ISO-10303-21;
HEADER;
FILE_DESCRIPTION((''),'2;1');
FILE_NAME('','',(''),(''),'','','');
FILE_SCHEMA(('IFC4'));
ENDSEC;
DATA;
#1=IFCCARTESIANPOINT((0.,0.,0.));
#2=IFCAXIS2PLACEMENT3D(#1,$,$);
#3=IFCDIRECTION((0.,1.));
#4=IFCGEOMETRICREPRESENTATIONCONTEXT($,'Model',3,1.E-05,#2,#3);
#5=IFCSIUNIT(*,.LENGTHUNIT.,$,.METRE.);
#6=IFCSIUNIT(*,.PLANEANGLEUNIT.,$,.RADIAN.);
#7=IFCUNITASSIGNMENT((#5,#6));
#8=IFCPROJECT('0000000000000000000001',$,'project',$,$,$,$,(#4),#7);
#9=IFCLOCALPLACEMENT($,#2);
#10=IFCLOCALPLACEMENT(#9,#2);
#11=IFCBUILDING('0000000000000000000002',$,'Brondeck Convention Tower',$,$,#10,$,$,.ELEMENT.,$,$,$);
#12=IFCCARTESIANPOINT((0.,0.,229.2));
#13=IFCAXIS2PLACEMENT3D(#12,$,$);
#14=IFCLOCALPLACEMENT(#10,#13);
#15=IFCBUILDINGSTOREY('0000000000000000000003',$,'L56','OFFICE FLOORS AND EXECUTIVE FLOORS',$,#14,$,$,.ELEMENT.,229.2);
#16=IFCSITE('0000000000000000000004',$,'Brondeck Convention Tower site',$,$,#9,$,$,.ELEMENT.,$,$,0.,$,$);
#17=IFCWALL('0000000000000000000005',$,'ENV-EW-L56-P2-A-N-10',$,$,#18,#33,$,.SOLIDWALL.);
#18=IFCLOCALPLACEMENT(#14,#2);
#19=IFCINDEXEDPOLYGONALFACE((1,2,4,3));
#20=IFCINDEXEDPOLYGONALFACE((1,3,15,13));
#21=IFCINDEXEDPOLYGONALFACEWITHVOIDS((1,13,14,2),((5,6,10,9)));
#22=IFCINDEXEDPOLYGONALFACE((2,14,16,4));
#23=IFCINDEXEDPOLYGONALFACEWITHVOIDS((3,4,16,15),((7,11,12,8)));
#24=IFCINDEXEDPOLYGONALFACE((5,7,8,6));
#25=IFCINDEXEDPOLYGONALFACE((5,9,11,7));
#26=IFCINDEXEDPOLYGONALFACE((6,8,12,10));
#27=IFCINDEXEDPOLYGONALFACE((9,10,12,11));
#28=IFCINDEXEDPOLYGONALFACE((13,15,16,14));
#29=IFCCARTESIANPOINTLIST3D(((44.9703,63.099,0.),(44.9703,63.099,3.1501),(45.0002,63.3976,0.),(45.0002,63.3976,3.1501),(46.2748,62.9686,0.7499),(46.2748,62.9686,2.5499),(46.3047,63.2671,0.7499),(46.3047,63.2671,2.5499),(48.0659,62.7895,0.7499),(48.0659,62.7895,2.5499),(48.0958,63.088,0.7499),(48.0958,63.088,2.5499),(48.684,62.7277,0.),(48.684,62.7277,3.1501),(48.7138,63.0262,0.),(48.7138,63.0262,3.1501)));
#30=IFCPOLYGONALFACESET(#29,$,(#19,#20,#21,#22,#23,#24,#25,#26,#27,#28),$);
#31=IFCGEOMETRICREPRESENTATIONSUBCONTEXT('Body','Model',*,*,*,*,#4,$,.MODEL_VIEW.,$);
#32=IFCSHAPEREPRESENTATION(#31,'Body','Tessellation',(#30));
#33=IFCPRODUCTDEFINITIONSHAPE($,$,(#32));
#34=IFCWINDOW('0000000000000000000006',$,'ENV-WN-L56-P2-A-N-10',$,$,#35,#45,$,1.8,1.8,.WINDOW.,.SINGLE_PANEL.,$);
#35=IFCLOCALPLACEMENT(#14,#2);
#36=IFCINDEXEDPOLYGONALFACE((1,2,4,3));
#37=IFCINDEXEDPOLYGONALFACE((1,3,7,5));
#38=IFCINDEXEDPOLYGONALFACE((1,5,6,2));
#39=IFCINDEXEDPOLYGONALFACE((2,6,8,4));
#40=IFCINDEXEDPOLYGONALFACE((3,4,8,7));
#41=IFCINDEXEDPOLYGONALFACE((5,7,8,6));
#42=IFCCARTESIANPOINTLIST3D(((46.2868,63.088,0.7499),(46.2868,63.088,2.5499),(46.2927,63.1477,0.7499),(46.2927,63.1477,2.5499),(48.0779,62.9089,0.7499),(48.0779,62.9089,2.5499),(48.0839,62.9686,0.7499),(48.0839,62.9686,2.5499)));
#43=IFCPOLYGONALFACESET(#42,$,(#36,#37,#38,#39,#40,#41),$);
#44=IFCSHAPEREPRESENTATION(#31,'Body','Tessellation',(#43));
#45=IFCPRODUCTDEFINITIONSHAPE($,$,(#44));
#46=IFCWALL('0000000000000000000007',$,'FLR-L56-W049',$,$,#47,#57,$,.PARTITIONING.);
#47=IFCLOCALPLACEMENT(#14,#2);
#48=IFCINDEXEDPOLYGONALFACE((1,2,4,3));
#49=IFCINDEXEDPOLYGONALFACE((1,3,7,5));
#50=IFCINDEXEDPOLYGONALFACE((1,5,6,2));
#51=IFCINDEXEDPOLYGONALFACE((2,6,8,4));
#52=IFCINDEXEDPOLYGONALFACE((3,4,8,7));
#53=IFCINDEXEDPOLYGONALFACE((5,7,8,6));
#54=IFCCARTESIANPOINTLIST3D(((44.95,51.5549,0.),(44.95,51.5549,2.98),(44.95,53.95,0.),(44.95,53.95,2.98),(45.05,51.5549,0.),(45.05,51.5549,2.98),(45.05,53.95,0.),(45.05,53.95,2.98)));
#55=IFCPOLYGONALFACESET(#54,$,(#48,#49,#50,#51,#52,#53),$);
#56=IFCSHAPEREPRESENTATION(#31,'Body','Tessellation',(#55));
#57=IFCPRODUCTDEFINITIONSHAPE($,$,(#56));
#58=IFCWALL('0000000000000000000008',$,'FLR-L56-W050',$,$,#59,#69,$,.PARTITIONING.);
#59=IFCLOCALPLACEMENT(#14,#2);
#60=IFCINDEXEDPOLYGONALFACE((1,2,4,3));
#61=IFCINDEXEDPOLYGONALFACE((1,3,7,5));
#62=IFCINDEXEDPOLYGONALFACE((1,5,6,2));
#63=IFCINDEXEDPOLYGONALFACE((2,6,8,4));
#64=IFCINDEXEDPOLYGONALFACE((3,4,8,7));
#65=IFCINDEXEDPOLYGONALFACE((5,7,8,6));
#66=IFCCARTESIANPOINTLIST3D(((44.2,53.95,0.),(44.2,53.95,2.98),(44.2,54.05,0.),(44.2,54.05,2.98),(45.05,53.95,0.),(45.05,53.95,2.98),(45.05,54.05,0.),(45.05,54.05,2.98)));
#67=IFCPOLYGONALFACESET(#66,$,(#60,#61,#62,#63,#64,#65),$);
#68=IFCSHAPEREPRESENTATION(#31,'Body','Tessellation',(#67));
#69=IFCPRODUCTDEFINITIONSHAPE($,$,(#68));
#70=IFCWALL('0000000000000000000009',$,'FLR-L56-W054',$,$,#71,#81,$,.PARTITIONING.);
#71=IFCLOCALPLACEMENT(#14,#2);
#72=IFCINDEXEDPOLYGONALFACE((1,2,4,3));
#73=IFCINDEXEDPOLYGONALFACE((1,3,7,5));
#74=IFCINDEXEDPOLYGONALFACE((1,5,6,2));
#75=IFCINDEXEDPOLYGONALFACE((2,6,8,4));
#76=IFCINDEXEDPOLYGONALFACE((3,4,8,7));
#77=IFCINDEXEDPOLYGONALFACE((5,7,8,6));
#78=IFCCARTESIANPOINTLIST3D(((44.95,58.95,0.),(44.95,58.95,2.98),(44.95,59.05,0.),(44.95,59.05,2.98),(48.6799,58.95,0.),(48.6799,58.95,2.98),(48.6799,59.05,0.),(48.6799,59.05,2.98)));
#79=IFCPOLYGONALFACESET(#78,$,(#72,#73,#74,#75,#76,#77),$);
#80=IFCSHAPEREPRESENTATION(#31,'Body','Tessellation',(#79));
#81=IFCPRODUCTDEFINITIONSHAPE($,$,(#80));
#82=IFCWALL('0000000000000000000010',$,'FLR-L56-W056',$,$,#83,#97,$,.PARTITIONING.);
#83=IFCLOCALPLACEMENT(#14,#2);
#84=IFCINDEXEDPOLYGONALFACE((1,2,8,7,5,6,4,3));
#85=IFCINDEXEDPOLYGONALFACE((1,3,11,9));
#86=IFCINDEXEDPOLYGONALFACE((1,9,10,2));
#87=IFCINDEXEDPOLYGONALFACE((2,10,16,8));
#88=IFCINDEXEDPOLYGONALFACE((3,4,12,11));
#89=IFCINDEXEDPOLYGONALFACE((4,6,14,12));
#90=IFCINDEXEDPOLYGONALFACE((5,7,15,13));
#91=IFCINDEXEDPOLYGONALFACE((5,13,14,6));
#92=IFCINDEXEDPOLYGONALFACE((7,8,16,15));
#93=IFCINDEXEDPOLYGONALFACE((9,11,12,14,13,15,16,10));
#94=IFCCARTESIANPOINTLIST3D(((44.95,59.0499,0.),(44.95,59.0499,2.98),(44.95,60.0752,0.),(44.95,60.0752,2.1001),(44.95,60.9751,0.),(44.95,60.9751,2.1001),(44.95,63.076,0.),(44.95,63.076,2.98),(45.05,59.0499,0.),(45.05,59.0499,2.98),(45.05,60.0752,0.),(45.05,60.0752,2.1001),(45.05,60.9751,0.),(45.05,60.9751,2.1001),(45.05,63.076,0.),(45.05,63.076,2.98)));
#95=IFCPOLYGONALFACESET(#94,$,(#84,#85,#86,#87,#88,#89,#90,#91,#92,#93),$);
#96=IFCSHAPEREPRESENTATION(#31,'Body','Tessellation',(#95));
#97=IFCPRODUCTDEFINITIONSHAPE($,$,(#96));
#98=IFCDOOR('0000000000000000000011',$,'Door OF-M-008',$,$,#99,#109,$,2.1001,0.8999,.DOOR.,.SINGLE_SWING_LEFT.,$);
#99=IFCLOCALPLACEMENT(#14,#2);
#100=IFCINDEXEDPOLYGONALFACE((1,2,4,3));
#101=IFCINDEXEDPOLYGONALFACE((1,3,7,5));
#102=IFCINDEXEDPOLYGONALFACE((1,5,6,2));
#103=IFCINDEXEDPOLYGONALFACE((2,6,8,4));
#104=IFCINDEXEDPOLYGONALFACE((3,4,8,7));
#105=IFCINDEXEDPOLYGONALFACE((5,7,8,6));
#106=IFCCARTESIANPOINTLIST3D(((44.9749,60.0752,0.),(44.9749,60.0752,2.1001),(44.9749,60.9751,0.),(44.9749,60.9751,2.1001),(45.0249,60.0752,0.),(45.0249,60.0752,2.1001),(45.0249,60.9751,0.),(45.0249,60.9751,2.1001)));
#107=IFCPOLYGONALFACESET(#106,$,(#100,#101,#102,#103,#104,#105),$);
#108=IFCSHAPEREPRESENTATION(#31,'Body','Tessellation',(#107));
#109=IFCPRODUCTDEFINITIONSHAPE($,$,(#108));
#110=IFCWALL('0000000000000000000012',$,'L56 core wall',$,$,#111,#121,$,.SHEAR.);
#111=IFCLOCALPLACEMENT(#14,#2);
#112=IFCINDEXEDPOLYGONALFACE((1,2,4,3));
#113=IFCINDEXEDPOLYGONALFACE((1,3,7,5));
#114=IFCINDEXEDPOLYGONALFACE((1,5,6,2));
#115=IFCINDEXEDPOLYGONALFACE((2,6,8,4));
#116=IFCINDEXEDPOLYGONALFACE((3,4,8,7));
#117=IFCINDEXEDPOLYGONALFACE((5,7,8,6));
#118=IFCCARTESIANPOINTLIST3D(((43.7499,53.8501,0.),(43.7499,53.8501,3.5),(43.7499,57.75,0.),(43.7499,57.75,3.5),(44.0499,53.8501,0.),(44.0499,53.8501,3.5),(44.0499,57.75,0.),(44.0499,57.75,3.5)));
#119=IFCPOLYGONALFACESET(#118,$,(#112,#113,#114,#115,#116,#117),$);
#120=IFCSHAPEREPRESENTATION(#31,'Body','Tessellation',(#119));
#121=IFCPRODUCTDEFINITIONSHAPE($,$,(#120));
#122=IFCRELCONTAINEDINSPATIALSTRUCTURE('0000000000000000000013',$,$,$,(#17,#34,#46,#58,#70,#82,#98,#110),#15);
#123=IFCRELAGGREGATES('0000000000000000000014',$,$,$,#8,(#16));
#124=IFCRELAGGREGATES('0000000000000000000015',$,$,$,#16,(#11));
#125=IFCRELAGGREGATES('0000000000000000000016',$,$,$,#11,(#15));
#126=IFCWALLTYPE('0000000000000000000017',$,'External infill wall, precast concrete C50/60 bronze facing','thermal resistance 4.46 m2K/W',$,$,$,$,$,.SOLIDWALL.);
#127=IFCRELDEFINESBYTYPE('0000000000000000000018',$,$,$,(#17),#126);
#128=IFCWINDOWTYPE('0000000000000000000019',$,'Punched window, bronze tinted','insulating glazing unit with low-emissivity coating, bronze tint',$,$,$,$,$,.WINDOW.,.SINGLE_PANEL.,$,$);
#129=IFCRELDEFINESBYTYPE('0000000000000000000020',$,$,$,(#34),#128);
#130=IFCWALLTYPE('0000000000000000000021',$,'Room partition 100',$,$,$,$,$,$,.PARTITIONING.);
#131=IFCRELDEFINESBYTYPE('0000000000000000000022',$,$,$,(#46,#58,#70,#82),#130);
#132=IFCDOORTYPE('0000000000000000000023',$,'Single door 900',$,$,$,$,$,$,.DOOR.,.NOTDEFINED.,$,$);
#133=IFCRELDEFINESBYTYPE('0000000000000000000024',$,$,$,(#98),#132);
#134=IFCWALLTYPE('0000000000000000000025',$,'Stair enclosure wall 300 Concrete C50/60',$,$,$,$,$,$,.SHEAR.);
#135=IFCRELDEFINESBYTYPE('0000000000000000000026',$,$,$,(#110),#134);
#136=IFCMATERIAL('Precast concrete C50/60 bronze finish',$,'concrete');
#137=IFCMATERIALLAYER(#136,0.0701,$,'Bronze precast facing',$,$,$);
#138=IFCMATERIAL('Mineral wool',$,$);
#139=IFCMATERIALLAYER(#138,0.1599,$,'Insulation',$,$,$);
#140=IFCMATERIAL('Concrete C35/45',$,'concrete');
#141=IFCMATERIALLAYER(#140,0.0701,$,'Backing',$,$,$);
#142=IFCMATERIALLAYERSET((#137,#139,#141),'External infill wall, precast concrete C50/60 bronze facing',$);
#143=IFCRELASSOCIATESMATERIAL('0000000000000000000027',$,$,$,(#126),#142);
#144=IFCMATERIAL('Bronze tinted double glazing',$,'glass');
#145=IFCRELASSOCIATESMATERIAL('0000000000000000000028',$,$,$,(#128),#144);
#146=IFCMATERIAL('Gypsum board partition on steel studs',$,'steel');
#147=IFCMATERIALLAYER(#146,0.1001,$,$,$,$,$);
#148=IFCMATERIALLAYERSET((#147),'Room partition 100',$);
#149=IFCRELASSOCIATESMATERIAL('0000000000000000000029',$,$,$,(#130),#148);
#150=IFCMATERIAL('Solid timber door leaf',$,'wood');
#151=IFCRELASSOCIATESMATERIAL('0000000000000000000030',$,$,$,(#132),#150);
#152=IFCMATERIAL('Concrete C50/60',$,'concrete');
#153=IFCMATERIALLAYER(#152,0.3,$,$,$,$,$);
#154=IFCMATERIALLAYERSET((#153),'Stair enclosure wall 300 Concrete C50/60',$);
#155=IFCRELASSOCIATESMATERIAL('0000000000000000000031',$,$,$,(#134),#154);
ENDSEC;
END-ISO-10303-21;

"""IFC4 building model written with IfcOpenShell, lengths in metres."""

from ifc_helpers import new_model, si_unit, direction, frame, frame_2d, origin, place, context, subcontext, project, spatial, rectangle, extrude, material, layer, layer_set, type_object, element, fill, save


model = new_model("IFC4")

# Units and contexts
model_context = context("Model", 3, precision=1e-05, world=origin(), true_north=direction((0.0, 1.0)))
body_context = subcontext(model_context, "Body", "Model", "MODEL_VIEW")
ifc_project = project(units=[si_unit("LENGTHUNIT", "METRE"), si_unit("PLANEANGLEUNIT", "RADIAN")], contexts=[model_context])

# Site, building, storey
site_placement = place(None, origin())
site = spatial("IfcSite", under=ifc_project, at=site_placement, Name="Brondeck Convention Tower site", CompositionType="ELEMENT", RefElevation=0.0)
building_placement = place(site_placement, origin())
building = spatial("IfcBuilding", under=site, at=building_placement, Name="Brondeck Convention Tower", CompositionType="ELEMENT")
storey_placement = place(building_placement, frame((0.0, 0.0, 229.2)))
storey = spatial("IfcBuildingStorey", under=building, at=storey_placement, Name="L56", Description="OFFICE FLOORS AND EXECUTIVE FLOORS", CompositionType="ELEMENT", Elevation=229.2)

# Shared definitions
ifc_material_1 = material(Name="Concrete C50/60", Category="concrete")

# Shared definitions
ifc_material_2 = material(Name="Precast concrete C50/60 bronze finish", Category="concrete")
ifc_layer_1 = layer(ifc_material_2, 0.0701, Name="Bronze precast facing")
ifc_material_3 = material(Name="Mineral wool")
ifc_layer_2 = layer(ifc_material_3, 0.1599, Name="Insulation")
ifc_material_4 = material(Name="Concrete C35/45", Category="concrete")
ifc_layer_3 = layer(ifc_material_4, 0.0701, Name="Backing")
ifc_layer_set_1 = layer_set([ifc_layer_1, ifc_layer_2, ifc_layer_3], Name="External infill wall, precast concrete C50/60 bronze facing")
wall_type_1 = type_object("IfcWallType", Name="External infill wall, precast concrete C50/60 bronze facing", Description="thermal resistance 4.46 m2K/W", PredefinedType="SOLIDWALL", material=ifc_layer_set_1)
ifc_material_5 = material(Name="Bronze tinted double glazing", Category="glass")
window_type_1 = type_object("IfcWindowType", Name="Punched window, bronze tinted", Description="insulating glazing unit with low-emissivity coating, bronze tint", PartitioningType="SINGLE_PANEL", PredefinedType="WINDOW", material=ifc_material_5)

# Wall, opening, window
wall_1_placement = place(storey_placement, frame((44.9851, 63.2483, 0.0), z_axis=(0.0, 0.0, 1.0), x_axis=(0.995038, -0.099497, 0.0)))
wall_1 = element("IfcWall", 1, at=wall_1_placement, inside=storey, type_object=wall_type_1, Name="ENV-EW-L56-P2-A-N-10", PredefinedType="SOLIDWALL", context=body_context, shape_type="SweptSolid", body=[
    extrude(rectangle(XDim=3.7322, YDim=0.3, at=frame_2d((1.8662, 0.0))), origin(), (0.0, 0.0, 1.0), 3.1501),
])
opening_1_placement = place(wall_1_placement, frame((1.3113, 0.0, 0.75)))
opening_1 = element("IfcOpeningElement", 2, at=opening_1_placement, cuts=wall_1, PredefinedType="OPENING", context=body_context, shape_type="SweptSolid", body=[
    extrude(rectangle(XDim=1.8, YDim=1.8, at=frame_2d((0.8999, 0.8999))), frame((0.0, 0.1599, 0.0), z_axis=(0.0, -1.0, 0.0), x_axis=(1.0, 0.0, 0.0)), (0.0, 0.0, 1.0), 0.3201),
])
window_1_placement = place(opening_1_placement, origin())
window_1 = element("IfcWindow", 3, at=window_1_placement, inside=storey, type_object=window_type_1, Name="ENV-WN-L56-P2-A-N-10", OverallHeight=1.8, OverallWidth=1.8, PartitioningType="SINGLE_PANEL", PredefinedType="WINDOW", context=body_context, shape_type="SweptSolid", body=[
    extrude(rectangle(XDim=1.8, YDim=1.8, at=frame_2d((0.8999, 0.8999))), frame((0.0, 0.03, 0.0), z_axis=(0.0, -1.0, 0.0), x_axis=(1.0, 0.0, 0.0)), (0.0, 0.0, 1.0), 0.0601),
])
fill(opening_1, window_1)

# Walls
ifc_material_6 = material(Name="Gypsum board partition on steel studs", Category="steel")
ifc_layer_4 = layer(ifc_material_6, 0.1001)
ifc_layer_set_2 = layer_set([ifc_layer_4], Name="Room partition 100")
wall_type_2 = type_object("IfcWallType", Name="Room partition 100", PredefinedType="PARTITIONING", material=ifc_layer_set_2)
wall_2_placement = place(storey_placement, frame((45.0, 53.95, 0.0), z_axis=(0.0, 0.0, 1.0), x_axis=(0.0, -1.0, 0.0)))
element("IfcWall", 4, at=wall_2_placement, inside=storey, type_object=wall_type_2, Name="FLR-L56-W049", PredefinedType="PARTITIONING", context=body_context, shape_type="SweptSolid", body=[
    extrude(rectangle(XDim=2.395, YDim=0.1001, at=frame_2d((1.1975, 0.0))), origin(), (0.0, 0.0, 1.0), 2.98),
])
wall_3_placement = place(storey_placement, frame((44.2, 54.0, 0.0), z_axis=(0.0, 0.0, 1.0), x_axis=(1.0, 0.0, 0.0)))
element("IfcWall", 5, at=wall_3_placement, inside=storey, type_object=wall_type_2, Name="FLR-L56-W050", PredefinedType="PARTITIONING", context=body_context, shape_type="SweptSolid", body=[
    extrude(rectangle(XDim=0.8501, YDim=0.1001, at=frame_2d((0.425, 0.0))), origin(), (0.0, 0.0, 1.0), 2.98),
])
wall_4_placement = place(storey_placement, frame((44.95, 59.0, 0.0), z_axis=(0.0, 0.0, 1.0), x_axis=(1.0, 0.0, 0.0)))
element("IfcWall", 6, at=wall_4_placement, inside=storey, type_object=wall_type_2, Name="FLR-L56-W054", PredefinedType="PARTITIONING", context=body_context, shape_type="SweptSolid", body=[
    extrude(rectangle(XDim=3.73, YDim=0.1001, at=frame_2d((1.865, 0.0))), origin(), (0.0, 0.0, 1.0), 2.98),
])

# Wall, opening, door
wall_5_placement = place(storey_placement, frame((45.0, 63.0762, 0.0), z_axis=(0.0, 0.0, 1.0), x_axis=(0.0, -1.0, 0.0)))
wall_5 = element("IfcWall", 7, at=wall_5_placement, inside=storey, type_object=wall_type_2, Name="FLR-L56-W056", PredefinedType="PARTITIONING", context=body_context, shape_type="SweptSolid", body=[
    extrude(rectangle(XDim=4.0261, YDim=0.1001, at=frame_2d((2.0132, 0.0))), origin(), (0.0, 0.0, 1.0), 2.98),
])
opening_2_placement = place(wall_5_placement, frame((2.1011, 0.0, 0.0)))
opening_2 = element("IfcOpeningElement", 8, at=opening_2_placement, cuts=wall_5, PredefinedType="OPENING", context=body_context, shape_type="SweptSolid", body=[
    extrude(rectangle(XDim=0.8999, YDim=2.1001, at=frame_2d((0.45, 1.05))), frame((0.0, 0.0601, 0.0), z_axis=(0.0, -1.0, 0.0), x_axis=(1.0, 0.0, 0.0)), (0.0, 0.0, 1.0), 0.1201),
])
ifc_material_7 = material(Name="Solid timber door leaf", Category="wood")
door_type = type_object("IfcDoorType", Name="Single door 900", OperationType="NOTDEFINED", PredefinedType="DOOR", material=ifc_material_7)
door_placement = place(opening_2_placement, origin())
door = element("IfcDoor", 9, at=door_placement, inside=storey, type_object=door_type, Name="Door OF-M-008", OperationType="SINGLE_SWING_LEFT", OverallHeight=2.1001, OverallWidth=0.8999, PredefinedType="DOOR", context=body_context, shape_type="SweptSolid", body=[
    extrude(rectangle(XDim=0.8999, YDim=2.1001, at=frame_2d((0.45, 1.05))), frame((0.0, 0.0249, 0.0), z_axis=(0.0, -1.0, 0.0), x_axis=(1.0, 0.0, 0.0)), (0.0, 0.0, 1.0), 0.05),
])
fill(opening_2, door)

# Wall
ifc_layer_5 = layer(ifc_material_1, 0.3)
ifc_layer_set_3 = layer_set([ifc_layer_5], Name="Stair enclosure wall 300 Concrete C50/60")
wall_type_3 = type_object("IfcWallType", Name="Stair enclosure wall 300 Concrete C50/60", PredefinedType="SHEAR", material=ifc_layer_set_3)
wall_6_placement = place(storey_placement, frame((43.8999, 53.8501, 0.0), z_axis=(0.0, 0.0, 1.0), x_axis=(0.0, 1.0, 0.0)))
element("IfcWall", 10, at=wall_6_placement, inside=storey, type_object=wall_type_3, Name="L56 core wall", PredefinedType="SHEAR", context=body_context, shape_type="SweptSolid", body=[
    extrude(rectangle(XDim=3.8999, YDim=0.3, at=frame_2d((1.95, 0.0))), origin(), (0.0, 0.0, 1.0), 3.5),
])

save(model, "model.ifc")
